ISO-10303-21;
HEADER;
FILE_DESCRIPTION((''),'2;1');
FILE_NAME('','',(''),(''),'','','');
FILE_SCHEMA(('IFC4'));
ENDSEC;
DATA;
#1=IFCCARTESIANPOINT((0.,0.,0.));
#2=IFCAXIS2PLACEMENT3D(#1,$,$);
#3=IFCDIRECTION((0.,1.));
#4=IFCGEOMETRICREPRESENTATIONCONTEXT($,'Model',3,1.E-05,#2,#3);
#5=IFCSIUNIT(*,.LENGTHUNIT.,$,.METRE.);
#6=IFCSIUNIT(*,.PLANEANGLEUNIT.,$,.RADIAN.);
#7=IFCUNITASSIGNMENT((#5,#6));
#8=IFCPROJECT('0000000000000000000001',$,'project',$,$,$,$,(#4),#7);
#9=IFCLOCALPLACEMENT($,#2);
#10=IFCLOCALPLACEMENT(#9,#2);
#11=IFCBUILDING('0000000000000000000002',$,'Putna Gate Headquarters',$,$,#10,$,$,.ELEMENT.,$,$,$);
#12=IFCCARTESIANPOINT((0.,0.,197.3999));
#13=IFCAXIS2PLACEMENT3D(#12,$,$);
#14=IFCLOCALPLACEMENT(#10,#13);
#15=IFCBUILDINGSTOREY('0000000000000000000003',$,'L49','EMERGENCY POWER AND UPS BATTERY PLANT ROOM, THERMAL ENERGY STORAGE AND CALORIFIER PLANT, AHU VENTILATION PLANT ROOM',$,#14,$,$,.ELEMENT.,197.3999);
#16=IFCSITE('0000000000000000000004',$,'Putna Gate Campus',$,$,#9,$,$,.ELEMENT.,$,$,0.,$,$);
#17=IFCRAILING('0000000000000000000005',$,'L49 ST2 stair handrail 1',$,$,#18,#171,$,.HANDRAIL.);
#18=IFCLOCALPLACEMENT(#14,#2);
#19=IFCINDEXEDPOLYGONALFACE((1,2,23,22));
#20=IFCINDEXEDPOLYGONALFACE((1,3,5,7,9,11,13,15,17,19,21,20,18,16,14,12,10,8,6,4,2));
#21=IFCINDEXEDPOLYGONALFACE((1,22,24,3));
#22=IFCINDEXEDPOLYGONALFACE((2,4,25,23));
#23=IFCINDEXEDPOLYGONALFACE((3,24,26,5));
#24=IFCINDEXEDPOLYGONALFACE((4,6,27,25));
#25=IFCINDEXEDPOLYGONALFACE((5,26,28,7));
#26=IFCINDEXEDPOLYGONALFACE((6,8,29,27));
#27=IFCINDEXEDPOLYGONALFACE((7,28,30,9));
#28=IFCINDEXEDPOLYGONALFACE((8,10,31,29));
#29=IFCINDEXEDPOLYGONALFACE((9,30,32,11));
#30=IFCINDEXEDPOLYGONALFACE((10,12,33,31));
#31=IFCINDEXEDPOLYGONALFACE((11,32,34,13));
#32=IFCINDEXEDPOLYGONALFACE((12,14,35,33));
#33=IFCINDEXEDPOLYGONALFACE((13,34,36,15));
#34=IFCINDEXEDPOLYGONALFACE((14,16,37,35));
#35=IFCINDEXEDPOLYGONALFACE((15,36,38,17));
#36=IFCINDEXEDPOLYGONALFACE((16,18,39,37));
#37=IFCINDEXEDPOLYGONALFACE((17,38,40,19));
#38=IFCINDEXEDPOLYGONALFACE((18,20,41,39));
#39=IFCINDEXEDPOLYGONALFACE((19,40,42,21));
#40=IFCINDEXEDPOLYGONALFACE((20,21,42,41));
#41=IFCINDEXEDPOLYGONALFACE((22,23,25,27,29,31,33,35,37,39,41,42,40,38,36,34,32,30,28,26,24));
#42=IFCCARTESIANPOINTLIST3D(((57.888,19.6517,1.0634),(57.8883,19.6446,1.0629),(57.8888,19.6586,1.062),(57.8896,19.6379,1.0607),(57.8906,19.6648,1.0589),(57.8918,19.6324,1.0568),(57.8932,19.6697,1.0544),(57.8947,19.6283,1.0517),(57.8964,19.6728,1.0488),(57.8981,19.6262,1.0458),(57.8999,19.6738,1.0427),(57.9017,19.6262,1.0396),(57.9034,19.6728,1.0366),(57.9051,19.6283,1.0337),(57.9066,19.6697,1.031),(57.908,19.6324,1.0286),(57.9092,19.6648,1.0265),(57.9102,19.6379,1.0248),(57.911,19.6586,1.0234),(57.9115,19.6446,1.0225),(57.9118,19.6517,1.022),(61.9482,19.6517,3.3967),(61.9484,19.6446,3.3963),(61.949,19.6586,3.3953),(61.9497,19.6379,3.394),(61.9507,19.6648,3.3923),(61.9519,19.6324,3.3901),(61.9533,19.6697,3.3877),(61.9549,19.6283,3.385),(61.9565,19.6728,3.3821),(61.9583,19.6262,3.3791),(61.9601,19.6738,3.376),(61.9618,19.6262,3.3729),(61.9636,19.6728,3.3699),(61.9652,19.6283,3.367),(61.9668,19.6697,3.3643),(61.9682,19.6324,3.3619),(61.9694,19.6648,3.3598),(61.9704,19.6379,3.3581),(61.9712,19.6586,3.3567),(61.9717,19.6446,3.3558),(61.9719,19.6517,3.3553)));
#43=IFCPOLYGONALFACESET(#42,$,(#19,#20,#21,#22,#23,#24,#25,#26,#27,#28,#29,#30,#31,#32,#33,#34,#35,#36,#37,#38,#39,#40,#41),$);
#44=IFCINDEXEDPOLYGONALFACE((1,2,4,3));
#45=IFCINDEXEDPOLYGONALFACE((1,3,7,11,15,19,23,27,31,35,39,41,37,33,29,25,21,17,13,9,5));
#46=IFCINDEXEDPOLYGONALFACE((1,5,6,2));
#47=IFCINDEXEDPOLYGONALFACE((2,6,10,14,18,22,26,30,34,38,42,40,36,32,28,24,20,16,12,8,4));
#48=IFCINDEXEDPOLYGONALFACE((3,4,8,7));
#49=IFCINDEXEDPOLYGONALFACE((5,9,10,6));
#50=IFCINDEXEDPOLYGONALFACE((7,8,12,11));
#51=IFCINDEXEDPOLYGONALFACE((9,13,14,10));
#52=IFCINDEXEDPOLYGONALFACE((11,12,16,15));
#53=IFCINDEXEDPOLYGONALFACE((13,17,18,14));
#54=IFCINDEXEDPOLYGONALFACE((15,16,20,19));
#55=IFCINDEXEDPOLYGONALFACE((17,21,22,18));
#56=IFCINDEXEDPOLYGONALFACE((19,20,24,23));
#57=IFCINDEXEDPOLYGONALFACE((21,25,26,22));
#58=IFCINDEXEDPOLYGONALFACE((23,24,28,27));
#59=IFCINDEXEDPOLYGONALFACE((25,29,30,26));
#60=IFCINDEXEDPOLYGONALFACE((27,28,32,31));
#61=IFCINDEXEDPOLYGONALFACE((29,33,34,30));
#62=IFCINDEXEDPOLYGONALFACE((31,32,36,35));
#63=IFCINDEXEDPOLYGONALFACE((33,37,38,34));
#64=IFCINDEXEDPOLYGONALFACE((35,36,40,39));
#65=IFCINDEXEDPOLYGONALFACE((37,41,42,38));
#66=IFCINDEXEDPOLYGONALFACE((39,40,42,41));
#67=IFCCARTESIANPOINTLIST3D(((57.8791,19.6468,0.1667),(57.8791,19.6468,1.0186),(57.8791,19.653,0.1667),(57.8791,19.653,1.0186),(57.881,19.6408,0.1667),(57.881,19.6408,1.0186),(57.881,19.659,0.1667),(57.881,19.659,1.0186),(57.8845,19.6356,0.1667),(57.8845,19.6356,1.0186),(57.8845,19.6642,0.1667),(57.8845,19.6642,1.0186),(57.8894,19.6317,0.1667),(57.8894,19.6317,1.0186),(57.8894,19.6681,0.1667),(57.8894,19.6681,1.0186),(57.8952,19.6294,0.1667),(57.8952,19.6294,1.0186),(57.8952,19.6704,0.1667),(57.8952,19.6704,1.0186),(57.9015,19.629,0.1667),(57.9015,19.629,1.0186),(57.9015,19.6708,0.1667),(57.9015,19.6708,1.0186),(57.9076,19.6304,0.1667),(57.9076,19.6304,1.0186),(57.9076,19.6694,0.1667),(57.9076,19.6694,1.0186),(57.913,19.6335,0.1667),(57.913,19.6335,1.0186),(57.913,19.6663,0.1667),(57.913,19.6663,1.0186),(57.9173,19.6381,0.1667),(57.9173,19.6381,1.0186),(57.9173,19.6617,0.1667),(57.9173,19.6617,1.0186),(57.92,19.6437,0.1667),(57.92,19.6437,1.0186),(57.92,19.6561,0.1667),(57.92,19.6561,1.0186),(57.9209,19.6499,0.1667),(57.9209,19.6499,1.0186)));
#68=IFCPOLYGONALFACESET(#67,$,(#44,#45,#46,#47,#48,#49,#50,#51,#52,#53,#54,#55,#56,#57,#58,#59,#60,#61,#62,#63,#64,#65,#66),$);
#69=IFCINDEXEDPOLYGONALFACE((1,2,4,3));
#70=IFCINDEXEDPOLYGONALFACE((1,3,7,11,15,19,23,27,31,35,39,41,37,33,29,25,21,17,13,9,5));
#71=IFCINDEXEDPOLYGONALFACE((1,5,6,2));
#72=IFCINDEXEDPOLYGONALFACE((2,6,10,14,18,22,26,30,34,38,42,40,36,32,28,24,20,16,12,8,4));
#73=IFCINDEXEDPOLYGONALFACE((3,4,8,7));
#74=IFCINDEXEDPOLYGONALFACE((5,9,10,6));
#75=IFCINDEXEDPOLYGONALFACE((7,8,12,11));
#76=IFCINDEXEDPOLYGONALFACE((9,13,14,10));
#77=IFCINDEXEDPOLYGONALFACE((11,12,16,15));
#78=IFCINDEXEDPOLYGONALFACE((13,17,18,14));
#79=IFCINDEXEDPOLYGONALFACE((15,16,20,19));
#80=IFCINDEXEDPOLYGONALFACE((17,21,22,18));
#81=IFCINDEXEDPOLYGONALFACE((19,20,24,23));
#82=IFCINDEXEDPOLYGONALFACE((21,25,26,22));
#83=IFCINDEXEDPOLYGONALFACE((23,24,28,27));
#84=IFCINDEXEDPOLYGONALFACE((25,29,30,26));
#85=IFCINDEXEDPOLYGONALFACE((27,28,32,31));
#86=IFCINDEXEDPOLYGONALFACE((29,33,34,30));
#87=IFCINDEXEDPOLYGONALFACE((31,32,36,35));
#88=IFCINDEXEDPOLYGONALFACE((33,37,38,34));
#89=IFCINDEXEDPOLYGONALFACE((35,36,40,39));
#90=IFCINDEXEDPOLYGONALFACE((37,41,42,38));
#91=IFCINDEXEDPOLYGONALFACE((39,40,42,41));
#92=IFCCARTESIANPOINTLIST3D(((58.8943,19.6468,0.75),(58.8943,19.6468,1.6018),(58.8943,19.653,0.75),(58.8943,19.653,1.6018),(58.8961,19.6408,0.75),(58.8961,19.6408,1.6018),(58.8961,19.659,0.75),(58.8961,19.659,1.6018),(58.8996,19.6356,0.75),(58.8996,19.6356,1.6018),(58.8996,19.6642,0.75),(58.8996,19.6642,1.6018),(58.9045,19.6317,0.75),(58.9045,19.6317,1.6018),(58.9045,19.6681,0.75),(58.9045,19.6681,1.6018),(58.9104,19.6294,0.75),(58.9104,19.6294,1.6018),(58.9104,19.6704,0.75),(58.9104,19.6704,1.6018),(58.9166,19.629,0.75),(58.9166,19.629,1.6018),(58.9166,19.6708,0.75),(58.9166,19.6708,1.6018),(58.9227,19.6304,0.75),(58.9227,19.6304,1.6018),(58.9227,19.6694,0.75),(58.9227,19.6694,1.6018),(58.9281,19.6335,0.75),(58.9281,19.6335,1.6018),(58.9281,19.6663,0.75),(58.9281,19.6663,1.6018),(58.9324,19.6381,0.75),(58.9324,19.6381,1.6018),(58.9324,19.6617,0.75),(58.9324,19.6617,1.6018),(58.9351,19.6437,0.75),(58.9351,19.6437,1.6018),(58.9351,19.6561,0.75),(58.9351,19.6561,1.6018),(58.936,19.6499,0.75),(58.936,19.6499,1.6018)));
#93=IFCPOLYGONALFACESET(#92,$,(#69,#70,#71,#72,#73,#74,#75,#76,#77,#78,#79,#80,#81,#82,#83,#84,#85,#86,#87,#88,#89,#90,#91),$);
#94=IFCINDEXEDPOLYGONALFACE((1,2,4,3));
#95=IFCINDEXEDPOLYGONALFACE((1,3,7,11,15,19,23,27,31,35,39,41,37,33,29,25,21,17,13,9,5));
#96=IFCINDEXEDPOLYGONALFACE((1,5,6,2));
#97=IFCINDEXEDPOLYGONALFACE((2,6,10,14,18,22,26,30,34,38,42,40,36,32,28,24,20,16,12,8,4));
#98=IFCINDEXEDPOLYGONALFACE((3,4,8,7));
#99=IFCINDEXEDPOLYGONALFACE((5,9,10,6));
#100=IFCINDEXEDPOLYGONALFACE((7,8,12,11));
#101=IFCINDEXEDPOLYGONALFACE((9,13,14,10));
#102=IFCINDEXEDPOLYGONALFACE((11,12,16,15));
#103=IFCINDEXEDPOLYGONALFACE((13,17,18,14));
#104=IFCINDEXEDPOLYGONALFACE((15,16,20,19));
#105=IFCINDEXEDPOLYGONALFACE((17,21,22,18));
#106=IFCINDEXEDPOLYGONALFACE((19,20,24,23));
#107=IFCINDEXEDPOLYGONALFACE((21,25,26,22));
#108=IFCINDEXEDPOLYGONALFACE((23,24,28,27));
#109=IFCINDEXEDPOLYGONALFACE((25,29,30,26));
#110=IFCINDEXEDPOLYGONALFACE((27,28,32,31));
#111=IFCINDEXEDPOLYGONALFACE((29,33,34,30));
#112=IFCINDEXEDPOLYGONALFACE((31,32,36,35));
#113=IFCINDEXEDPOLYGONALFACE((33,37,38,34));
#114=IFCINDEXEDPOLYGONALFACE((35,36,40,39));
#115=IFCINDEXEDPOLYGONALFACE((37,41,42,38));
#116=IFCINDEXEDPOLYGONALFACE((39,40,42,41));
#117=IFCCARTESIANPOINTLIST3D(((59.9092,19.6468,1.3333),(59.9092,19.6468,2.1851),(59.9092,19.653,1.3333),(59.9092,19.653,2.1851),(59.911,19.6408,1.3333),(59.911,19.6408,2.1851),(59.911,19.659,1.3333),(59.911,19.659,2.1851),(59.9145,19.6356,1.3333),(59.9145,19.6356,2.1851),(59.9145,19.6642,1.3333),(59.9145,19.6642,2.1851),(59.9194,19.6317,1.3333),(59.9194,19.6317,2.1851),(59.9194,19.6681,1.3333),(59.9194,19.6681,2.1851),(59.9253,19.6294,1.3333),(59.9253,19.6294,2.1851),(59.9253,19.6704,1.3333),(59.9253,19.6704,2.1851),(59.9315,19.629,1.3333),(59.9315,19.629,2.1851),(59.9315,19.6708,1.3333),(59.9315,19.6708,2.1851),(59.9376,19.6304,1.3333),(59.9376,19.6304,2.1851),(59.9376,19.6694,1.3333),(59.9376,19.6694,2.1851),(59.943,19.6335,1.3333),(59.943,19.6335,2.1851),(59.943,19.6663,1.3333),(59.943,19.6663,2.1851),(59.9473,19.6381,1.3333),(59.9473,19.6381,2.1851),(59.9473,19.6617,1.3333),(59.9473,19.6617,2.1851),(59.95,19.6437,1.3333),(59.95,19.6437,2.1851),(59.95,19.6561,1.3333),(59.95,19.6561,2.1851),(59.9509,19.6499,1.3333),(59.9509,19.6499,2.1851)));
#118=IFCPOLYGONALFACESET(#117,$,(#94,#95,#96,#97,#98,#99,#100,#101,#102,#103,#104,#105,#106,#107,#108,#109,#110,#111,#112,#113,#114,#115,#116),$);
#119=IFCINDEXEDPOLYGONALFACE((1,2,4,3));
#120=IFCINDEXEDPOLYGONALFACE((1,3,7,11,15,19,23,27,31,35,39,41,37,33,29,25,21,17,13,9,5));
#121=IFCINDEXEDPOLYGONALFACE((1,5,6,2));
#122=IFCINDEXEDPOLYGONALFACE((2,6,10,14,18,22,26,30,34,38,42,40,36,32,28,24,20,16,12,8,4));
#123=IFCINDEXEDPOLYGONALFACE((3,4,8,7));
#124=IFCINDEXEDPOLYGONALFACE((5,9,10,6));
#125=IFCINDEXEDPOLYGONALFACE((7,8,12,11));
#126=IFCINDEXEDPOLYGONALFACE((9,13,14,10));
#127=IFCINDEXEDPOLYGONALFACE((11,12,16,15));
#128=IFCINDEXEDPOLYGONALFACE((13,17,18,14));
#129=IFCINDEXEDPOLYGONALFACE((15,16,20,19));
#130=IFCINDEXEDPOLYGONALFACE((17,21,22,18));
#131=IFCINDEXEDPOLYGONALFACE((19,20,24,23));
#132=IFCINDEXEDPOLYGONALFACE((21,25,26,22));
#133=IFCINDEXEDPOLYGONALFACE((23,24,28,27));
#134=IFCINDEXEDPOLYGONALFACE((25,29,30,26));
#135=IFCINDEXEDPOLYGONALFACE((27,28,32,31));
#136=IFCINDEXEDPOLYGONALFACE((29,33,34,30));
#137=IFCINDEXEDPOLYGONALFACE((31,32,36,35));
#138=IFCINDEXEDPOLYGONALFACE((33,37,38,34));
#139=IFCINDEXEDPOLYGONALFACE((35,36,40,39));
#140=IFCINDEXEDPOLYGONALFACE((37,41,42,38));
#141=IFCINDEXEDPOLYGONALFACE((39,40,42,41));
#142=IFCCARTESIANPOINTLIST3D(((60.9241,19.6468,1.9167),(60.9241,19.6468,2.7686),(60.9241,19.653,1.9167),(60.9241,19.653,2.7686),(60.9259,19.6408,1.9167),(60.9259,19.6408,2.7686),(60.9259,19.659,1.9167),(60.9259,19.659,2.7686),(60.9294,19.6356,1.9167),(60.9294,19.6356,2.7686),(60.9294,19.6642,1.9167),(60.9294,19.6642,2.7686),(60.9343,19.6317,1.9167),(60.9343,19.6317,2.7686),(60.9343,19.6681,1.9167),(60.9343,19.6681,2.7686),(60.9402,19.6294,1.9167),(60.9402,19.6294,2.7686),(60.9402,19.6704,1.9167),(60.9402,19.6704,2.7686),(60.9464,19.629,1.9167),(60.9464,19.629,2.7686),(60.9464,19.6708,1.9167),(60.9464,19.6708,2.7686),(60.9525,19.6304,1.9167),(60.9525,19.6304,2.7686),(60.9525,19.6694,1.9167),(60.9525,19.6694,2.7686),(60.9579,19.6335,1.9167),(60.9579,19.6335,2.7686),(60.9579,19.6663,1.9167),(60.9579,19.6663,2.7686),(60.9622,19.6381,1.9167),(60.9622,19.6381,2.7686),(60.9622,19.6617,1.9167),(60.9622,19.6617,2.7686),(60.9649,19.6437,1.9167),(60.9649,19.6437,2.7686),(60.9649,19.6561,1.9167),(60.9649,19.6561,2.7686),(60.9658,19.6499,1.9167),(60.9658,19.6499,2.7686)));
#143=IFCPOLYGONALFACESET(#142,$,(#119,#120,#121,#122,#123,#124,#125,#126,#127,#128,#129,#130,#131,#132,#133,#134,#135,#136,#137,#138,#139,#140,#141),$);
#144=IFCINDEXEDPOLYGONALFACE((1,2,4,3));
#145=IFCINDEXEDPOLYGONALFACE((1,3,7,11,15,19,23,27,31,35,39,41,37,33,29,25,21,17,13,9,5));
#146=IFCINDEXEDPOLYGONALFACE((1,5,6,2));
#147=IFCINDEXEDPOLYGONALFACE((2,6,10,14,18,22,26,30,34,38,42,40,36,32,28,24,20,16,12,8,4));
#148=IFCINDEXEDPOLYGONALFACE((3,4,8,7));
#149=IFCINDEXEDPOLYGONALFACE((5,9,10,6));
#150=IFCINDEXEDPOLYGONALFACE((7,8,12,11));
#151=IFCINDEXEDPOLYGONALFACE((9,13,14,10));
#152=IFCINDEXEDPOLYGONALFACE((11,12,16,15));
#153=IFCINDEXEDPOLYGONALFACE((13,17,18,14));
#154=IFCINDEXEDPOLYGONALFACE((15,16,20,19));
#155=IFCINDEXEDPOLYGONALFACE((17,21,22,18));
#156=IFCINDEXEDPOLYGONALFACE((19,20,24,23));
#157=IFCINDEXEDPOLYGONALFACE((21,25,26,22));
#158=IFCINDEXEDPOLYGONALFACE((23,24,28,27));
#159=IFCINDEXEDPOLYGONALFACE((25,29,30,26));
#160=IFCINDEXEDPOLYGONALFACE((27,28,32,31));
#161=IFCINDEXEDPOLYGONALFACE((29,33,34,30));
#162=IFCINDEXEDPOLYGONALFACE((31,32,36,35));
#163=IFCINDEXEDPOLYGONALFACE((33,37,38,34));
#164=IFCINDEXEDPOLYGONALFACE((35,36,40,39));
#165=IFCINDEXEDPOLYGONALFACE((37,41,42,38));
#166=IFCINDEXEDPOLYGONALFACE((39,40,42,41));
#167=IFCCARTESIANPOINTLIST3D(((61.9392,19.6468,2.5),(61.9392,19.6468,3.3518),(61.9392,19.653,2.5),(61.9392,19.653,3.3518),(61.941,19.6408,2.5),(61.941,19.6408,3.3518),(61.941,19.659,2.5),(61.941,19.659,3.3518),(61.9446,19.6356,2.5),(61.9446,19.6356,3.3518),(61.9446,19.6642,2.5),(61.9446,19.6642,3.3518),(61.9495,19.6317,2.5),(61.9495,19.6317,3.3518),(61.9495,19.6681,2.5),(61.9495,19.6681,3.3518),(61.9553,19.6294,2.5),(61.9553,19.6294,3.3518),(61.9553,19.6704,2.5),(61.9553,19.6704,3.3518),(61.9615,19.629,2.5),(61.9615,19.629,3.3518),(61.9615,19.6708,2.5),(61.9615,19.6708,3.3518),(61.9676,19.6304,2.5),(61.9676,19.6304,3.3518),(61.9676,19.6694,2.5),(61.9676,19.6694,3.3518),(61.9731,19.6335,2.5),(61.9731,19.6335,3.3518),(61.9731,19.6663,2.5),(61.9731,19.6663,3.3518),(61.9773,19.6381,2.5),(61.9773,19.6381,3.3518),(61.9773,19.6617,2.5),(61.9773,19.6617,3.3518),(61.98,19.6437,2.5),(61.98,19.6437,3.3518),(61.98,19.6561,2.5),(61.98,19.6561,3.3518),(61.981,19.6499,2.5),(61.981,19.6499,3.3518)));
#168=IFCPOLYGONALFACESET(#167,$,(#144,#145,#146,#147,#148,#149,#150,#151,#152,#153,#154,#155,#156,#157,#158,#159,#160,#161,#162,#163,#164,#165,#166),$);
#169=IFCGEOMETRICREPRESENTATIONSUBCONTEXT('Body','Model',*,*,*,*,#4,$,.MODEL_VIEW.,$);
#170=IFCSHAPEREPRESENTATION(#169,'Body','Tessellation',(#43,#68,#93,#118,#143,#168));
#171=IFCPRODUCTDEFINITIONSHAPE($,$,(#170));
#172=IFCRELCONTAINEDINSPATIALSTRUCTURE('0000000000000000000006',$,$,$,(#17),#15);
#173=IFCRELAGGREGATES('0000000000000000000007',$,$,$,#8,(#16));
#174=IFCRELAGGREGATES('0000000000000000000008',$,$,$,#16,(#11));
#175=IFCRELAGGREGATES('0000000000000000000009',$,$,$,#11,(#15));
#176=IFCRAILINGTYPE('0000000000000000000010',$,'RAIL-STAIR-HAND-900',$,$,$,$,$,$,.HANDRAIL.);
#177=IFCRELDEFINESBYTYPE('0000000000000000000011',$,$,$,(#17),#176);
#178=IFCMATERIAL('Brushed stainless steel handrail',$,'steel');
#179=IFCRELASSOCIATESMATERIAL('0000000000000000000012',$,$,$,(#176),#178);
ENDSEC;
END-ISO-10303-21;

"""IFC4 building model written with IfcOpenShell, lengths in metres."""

from ifc_helpers import new_model, si_unit, direction, frame, origin, origin_2d, place, context, subcontext, project, spatial, circle, extrude, material, type_object, element, save


model = new_model("IFC4")

# Units and contexts
model_context = context("Model", 3, precision=1e-05, world=origin(), true_north=direction((0.0, 1.0)))
body_context = subcontext(model_context, "Body", "Model", "MODEL_VIEW")
ifc_project = project(units=[si_unit("LENGTHUNIT", "METRE"), si_unit("PLANEANGLEUNIT", "RADIAN")], contexts=[model_context])

# Site, building, storey
site_placement = place(None, origin())
site = spatial("IfcSite", under=ifc_project, at=site_placement, Name="Putna Gate Campus", CompositionType="ELEMENT", RefElevation=0.0)
building_placement = place(site_placement, origin())
building = spatial("IfcBuilding", under=site, at=building_placement, Name="Putna Gate Headquarters", CompositionType="ELEMENT")
storey_placement = place(building_placement, frame((0.0, 0.0, 197.3999)))
storey = spatial("IfcBuildingStorey", under=building, at=storey_placement, Name="L49", Description="EMERGENCY POWER AND UPS BATTERY PLANT ROOM, THERMAL ENERGY STORAGE AND CALORIFIER PLANT, AHU VENTILATION PLANT ROOM", CompositionType="ELEMENT", Elevation=197.3999)

# Railing
ifc_material_1 = material(Name="Brushed stainless steel handrail", Category="steel")
railing_type_1 = type_object("IfcRailingType", Name="RAIL-STAIR-HAND-900", PredefinedType="HANDRAIL", material=ifc_material_1)
railing_1_placement = place(storey_placement, frame((57.8999, 19.6499, 0.1667)))
element("IfcRailing", 1, at=railing_1_placement, inside=storey, type_object=railing_type_1, Name="L49 ST2 stair handrail 1", PredefinedType="HANDRAIL", context=body_context, shape_type="SweptSolid", body=[
    extrude(circle(Radius=0.0239, at=origin_2d()), frame((0.0, 0.0, 0.876), z_axis=(0.867025, 0.0, 0.498265), x_axis=(0.0, 1.0, 0.0)), (0.0, 0.0, 1.0), 4.6829),
    extrude(circle(Radius=0.021, at=origin_2d()), origin(), (0.0, 0.0, 1.0), 0.8518),
    extrude(circle(Radius=0.021, at=origin_2d()), frame((1.0151, 0.0, 0.5833)), (0.0, 0.0, 1.0), 0.8518),
    extrude(circle(Radius=0.021, at=origin_2d()), frame((2.03, 0.0, 1.1665)), (0.0, 0.0, 1.0), 0.8518),
    extrude(circle(Radius=0.021, at=origin_2d()), frame((3.0449, 0.0, 1.75)), (0.0, 0.0, 1.0), 0.8518),
    extrude(circle(Radius=0.021, at=origin_2d()), frame((4.0601, 0.0, 2.3333)), (0.0, 0.0, 1.0), 0.8518),
])

save(model, "model.ifc")
